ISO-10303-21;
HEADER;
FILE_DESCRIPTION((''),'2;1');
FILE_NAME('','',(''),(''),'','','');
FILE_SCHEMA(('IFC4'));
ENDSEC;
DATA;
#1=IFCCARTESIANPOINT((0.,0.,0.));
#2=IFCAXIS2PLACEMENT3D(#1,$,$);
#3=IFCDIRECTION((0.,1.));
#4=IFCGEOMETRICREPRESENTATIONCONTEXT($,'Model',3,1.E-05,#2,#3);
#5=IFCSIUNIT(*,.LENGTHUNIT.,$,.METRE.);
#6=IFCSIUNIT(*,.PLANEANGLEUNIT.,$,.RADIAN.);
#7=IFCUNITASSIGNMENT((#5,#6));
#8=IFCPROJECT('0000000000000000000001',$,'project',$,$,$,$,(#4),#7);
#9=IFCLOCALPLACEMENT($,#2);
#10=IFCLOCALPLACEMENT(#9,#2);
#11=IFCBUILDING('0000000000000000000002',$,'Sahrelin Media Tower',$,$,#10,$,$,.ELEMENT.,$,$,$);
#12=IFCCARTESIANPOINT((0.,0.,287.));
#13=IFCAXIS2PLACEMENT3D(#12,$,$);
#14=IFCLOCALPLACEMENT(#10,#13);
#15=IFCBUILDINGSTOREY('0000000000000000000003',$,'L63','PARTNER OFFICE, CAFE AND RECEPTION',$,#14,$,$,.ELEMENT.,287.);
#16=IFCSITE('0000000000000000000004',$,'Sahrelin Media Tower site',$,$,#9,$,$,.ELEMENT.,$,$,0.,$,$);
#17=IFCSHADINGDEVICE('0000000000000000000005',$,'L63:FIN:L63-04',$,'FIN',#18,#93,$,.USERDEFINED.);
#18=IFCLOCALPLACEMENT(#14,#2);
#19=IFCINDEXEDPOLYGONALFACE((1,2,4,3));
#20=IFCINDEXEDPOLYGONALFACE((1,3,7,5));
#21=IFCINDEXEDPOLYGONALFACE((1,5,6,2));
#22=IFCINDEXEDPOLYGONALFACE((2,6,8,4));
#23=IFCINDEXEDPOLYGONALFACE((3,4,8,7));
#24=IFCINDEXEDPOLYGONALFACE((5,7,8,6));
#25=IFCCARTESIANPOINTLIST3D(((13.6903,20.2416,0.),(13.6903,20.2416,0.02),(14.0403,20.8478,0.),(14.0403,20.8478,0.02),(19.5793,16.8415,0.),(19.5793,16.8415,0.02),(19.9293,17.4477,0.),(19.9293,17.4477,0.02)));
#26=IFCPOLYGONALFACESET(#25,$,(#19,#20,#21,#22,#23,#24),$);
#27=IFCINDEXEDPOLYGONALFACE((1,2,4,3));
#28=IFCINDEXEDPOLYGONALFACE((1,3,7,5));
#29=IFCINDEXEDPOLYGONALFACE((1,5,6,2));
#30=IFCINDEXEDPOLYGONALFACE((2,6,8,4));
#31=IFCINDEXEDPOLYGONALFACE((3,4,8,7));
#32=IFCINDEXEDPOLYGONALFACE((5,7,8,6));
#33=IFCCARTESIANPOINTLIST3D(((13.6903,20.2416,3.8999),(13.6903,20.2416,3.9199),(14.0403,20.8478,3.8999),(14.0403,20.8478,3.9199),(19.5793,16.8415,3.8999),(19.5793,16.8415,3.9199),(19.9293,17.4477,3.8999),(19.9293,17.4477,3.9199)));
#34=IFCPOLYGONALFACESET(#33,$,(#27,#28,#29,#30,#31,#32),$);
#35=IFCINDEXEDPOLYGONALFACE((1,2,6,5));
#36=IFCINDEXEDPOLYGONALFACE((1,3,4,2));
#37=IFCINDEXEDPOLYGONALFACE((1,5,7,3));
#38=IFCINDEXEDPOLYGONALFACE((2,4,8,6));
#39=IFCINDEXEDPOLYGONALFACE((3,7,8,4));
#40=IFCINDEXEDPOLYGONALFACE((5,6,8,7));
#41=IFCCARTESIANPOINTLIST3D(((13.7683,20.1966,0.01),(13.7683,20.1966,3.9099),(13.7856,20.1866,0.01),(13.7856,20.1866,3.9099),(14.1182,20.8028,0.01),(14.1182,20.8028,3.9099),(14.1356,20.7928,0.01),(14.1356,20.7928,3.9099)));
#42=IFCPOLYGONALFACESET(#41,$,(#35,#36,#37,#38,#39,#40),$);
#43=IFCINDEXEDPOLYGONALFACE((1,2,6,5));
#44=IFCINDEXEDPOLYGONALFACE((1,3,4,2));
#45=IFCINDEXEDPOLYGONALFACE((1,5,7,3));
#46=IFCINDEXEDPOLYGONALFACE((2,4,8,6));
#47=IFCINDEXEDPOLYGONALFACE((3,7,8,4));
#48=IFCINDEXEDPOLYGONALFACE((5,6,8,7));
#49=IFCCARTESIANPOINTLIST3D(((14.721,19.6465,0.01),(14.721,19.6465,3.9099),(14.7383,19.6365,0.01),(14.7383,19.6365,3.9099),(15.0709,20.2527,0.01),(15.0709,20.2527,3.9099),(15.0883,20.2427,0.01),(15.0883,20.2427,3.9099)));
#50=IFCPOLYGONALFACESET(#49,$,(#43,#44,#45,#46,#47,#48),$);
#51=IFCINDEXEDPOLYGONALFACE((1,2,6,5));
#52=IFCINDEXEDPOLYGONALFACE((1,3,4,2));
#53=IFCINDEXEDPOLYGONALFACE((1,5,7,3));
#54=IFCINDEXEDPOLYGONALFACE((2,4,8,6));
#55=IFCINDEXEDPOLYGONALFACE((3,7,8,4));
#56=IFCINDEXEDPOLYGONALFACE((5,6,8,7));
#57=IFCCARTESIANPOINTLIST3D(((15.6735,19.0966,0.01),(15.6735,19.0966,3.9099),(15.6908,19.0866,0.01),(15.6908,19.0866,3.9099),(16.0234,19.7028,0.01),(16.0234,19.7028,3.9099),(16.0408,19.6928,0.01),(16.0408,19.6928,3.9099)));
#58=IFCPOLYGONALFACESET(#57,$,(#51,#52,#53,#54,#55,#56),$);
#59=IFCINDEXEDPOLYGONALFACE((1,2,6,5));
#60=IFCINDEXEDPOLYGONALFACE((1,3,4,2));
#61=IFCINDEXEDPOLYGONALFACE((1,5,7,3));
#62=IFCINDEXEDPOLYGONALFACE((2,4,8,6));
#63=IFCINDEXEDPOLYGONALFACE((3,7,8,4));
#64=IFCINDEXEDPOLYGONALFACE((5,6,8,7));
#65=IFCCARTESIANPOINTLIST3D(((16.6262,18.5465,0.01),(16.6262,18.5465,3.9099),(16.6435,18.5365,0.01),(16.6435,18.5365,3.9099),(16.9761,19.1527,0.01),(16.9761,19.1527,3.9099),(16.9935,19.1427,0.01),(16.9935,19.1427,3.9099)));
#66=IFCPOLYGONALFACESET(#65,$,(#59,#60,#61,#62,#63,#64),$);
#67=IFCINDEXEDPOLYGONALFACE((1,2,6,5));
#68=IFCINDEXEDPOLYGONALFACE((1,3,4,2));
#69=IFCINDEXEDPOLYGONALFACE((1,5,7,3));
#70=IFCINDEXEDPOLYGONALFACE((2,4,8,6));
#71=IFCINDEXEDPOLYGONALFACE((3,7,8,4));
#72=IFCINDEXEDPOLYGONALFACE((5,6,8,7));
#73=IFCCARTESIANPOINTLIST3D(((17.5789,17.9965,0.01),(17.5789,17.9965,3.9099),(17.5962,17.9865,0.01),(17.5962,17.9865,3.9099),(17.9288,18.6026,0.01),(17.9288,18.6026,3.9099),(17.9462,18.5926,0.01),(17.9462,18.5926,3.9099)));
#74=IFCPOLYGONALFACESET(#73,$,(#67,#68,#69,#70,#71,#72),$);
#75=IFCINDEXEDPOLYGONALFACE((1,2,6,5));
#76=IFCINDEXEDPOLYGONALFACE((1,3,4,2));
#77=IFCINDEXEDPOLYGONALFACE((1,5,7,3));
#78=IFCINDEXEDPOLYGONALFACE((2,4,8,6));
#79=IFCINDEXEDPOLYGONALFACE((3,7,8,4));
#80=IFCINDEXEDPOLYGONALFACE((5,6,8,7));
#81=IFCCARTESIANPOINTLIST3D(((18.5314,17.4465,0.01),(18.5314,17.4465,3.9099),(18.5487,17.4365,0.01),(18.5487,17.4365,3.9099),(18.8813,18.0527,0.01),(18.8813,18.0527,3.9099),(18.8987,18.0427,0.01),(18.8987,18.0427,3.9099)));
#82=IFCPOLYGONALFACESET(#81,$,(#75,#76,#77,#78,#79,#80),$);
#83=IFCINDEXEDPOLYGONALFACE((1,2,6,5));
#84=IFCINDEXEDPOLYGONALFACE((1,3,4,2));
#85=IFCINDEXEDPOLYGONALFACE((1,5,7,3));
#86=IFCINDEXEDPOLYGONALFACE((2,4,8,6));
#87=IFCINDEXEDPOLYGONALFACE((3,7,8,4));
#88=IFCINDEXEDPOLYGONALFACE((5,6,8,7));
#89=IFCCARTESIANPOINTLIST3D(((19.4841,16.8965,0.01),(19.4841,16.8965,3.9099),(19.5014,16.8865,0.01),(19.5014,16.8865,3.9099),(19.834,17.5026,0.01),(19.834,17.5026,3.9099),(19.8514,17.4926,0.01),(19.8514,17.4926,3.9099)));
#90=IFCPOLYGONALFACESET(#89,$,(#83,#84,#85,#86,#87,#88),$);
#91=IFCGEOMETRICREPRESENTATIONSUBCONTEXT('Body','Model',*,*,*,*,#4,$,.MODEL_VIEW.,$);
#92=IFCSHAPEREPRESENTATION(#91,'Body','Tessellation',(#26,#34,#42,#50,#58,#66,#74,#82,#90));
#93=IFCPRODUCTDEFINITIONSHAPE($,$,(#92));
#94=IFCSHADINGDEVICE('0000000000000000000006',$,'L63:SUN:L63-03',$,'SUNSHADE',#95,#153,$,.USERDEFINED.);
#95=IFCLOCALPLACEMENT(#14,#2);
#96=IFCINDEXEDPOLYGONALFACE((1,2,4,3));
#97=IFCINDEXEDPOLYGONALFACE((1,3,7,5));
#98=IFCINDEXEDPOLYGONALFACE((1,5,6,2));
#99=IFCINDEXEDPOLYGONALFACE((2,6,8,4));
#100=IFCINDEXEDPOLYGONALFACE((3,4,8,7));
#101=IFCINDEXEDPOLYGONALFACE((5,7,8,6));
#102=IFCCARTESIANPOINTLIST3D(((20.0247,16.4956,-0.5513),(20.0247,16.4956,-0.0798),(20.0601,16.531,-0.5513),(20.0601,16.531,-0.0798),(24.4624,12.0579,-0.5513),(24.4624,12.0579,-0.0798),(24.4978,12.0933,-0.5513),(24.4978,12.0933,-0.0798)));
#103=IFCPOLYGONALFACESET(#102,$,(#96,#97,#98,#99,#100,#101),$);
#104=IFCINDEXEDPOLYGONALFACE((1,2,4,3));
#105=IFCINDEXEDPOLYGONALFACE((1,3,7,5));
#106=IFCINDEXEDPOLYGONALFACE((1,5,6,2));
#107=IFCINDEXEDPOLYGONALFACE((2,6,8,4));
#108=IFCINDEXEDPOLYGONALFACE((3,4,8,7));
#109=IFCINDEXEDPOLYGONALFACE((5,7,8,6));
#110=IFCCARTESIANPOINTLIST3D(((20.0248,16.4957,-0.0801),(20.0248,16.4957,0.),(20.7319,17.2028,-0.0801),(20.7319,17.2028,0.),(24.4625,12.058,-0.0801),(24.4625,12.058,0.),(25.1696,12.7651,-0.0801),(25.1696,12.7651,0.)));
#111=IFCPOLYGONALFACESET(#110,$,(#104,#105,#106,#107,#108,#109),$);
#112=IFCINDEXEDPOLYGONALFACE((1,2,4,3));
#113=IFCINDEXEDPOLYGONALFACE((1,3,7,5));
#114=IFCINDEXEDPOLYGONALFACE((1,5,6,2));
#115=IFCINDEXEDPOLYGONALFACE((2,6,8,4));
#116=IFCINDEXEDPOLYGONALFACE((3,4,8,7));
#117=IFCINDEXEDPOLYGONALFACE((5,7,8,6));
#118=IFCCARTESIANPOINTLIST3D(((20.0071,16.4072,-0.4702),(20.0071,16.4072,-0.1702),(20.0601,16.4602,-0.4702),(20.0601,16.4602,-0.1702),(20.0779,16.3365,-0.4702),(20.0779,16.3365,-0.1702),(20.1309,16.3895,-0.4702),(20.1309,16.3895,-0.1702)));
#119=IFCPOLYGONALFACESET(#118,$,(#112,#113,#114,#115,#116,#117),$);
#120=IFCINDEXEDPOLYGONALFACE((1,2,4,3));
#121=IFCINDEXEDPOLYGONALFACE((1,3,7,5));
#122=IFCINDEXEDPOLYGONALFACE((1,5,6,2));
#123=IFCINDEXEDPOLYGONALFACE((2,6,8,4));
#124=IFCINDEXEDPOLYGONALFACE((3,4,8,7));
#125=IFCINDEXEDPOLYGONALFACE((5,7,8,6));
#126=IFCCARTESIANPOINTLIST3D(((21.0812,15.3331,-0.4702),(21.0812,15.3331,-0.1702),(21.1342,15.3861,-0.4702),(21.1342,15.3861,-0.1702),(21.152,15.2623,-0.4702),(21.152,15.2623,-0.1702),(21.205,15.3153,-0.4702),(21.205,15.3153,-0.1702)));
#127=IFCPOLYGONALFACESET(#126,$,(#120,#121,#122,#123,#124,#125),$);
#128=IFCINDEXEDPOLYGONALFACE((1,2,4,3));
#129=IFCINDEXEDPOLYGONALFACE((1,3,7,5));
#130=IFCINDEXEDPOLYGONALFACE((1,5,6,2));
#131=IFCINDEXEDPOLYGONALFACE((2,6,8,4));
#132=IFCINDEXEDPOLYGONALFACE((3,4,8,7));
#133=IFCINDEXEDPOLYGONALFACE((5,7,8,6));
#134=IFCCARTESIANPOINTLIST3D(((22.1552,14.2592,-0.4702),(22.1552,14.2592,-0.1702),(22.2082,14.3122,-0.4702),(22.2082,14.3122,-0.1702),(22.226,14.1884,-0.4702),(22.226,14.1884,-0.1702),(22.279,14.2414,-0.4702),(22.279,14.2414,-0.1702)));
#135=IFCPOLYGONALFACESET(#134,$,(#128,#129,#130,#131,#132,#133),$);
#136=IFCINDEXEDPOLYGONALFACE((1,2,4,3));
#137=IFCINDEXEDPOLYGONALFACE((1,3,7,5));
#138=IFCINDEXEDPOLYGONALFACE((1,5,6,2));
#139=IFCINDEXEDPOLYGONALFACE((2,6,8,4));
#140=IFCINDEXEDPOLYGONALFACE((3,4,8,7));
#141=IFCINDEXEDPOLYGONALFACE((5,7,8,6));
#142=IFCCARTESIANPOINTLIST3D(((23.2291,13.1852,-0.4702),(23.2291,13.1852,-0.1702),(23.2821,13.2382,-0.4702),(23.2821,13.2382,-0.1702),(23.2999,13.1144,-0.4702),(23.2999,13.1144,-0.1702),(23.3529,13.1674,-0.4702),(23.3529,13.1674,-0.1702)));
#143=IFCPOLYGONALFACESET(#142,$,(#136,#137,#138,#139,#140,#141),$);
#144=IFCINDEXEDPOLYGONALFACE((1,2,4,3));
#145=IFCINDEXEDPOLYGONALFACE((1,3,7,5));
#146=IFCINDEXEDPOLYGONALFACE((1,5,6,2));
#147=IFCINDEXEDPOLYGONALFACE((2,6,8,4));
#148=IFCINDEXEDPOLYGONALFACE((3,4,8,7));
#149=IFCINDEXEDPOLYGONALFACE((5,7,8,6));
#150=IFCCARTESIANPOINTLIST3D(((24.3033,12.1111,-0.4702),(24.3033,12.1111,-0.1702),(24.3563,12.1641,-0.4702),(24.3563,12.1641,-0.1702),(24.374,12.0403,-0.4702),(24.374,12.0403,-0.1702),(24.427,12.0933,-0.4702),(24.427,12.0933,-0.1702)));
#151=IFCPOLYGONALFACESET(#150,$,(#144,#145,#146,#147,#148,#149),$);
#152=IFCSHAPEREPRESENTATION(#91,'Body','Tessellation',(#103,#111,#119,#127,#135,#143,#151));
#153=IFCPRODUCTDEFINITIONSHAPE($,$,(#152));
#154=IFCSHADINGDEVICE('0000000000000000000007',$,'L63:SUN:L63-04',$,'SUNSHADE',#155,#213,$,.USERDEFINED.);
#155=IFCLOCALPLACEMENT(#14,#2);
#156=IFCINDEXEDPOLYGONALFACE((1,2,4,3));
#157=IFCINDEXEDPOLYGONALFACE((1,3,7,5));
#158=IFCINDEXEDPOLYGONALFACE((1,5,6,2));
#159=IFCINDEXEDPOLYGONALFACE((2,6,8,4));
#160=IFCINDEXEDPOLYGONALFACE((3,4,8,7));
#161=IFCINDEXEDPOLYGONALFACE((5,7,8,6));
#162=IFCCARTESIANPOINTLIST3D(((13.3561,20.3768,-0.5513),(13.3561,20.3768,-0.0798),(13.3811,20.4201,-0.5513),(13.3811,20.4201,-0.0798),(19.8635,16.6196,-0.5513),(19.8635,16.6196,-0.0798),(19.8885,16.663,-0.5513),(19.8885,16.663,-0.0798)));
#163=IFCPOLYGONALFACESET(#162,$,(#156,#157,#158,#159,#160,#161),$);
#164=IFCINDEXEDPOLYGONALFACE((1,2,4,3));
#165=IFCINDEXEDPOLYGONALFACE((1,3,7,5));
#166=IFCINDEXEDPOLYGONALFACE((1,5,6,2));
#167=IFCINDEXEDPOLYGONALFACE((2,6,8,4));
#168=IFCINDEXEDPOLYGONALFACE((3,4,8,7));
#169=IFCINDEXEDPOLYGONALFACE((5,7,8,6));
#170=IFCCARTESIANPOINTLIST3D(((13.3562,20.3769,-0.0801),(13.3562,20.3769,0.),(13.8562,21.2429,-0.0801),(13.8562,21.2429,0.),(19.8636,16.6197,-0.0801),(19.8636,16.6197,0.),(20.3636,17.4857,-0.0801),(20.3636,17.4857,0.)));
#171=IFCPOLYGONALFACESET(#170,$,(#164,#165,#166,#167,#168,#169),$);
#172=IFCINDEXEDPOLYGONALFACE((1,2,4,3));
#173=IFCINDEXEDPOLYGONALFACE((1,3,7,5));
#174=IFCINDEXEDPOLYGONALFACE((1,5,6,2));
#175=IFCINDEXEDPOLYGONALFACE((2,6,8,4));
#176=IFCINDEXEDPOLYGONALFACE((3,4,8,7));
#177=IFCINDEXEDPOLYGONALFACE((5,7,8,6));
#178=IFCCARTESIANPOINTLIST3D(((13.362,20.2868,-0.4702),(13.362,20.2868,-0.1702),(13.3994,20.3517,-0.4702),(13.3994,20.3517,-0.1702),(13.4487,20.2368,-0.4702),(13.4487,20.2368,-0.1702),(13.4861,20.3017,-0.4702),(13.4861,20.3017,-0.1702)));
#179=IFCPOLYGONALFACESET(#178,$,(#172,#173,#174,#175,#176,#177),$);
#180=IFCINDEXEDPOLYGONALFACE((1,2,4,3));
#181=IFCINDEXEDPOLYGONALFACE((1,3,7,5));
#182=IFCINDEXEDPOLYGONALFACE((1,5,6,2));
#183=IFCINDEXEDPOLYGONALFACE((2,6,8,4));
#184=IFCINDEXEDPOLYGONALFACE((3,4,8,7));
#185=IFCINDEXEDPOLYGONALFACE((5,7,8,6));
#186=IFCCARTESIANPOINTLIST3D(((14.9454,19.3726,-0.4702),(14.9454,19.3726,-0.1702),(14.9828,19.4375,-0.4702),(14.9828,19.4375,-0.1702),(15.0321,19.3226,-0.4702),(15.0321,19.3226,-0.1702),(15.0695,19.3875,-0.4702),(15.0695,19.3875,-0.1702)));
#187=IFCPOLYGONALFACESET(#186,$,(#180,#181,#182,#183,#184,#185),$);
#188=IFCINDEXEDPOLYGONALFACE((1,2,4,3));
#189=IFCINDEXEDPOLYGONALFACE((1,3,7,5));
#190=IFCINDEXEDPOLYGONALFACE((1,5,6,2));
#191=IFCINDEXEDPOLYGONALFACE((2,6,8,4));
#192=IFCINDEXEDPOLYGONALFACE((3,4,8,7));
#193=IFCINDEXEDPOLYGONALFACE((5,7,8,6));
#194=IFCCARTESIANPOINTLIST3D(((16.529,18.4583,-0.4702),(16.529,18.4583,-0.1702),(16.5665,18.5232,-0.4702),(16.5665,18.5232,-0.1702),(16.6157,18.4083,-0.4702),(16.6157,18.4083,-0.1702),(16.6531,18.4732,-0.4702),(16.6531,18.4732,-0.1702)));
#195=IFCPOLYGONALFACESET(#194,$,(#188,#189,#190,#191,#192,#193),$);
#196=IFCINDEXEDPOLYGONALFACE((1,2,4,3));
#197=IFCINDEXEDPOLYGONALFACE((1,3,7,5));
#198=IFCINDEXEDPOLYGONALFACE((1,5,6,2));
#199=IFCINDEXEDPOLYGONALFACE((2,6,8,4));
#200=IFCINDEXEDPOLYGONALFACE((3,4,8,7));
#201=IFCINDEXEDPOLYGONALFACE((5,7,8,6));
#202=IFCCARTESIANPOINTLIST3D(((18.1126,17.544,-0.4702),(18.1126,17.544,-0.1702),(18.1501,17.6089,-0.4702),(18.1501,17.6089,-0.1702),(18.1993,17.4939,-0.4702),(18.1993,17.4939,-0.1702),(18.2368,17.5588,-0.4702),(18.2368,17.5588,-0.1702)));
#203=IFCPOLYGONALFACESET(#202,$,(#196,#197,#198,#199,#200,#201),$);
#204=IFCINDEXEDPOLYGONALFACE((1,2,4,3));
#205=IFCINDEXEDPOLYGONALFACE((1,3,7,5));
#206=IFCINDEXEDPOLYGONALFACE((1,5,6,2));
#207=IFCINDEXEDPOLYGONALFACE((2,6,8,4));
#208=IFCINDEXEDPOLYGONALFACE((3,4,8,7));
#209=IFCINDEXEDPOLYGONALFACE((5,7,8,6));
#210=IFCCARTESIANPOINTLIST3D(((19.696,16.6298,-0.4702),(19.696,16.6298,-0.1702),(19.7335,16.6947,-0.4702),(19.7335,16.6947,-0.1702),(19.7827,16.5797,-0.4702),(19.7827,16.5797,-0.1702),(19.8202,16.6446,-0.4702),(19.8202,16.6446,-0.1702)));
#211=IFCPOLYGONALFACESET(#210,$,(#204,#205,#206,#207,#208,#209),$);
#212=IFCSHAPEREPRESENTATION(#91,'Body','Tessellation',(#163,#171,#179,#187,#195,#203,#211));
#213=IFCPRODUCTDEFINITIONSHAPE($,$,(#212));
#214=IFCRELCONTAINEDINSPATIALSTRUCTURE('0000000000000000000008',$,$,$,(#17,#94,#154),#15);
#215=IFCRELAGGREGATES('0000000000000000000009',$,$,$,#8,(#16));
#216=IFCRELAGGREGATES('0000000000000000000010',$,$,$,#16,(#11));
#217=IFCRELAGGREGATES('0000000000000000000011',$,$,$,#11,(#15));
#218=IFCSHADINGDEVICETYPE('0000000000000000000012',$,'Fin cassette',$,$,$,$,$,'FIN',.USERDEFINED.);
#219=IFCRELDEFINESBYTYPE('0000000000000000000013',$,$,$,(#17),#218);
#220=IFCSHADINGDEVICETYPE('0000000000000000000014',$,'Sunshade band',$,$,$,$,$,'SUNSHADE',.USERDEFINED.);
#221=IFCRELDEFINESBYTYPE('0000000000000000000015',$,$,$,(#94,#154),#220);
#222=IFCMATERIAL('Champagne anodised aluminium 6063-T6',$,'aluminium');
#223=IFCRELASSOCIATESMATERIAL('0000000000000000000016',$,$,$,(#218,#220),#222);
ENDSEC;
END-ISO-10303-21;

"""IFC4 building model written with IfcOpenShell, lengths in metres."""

from ifc_helpers import new_model, si_unit, direction, frame, origin, origin_2d, place, context, subcontext, project, spatial, rectangle, extrude, material, type_object, element, save


model = new_model("IFC4")

# Units and contexts
model_context = context("Model", 3, precision=1e-05, world=origin(), true_north=direction((0.0, 1.0)))
body_context = subcontext(model_context, "Body", "Model", "MODEL_VIEW")
ifc_project = project(units=[si_unit("LENGTHUNIT", "METRE"), si_unit("PLANEANGLEUNIT", "RADIAN")], contexts=[model_context])

# Site, building, storey
site_placement = place(None, origin())
site = spatial("IfcSite", under=ifc_project, at=site_placement, Name="Sahrelin Media Tower site", CompositionType="ELEMENT", RefElevation=0.0)
building_placement = place(site_placement, origin())
building = spatial("IfcBuilding", under=site, at=building_placement, Name="Sahrelin Media Tower", CompositionType="ELEMENT")
storey_placement = place(building_placement, frame((0.0, 0.0, 287.0)))
storey = spatial("IfcBuildingStorey", under=building, at=storey_placement, Name="L63", Description="PARTNER OFFICE, CAFE AND RECEPTION", CompositionType="ELEMENT", Elevation=287.0)

# Shared definitions
ifc_material_1 = material(Name="Champagne anodised aluminium 6063-T6", Category="aluminium")

# Shading devices
shading_device_type_1 = type_object("IfcShadingDeviceType", Name="Fin cassette", ElementType="FIN", PredefinedType="USERDEFINED", material=ifc_material_1)
placement_1 = place(storey_placement, frame((22.2295, 14.2627, 0.0), z_axis=(0.0, 0.0, 1.0), x_axis=(0.707107, -0.707107, 0.0)))
placement_2 = place(storey_placement, frame((16.5999, 18.481, 0.0), z_axis=(0.0, 0.0, 1.0), x_axis=(0.866019, -0.500011, 0.0)))
element("IfcShadingDevice", 1, at=placement_2, inside=storey, type_object=shading_device_type_1, Name="L63:FIN:L63-04", ObjectType="FIN", PredefinedType="USERDEFINED", context=body_context, shape_type="SweptSolid", body=[
    extrude(rectangle(XDim=6.8, YDim=0.7, at=origin_2d()), frame((0.0, 0.4199, 0.0)), (0.0, 0.0, 1.0), 0.02),
    extrude(rectangle(XDim=6.8, YDim=0.7, at=origin_2d()), frame((0.0, 0.4199, 3.8999)), (0.0, 0.0, 1.0), 0.02),
    extrude(rectangle(XDim=0.02, YDim=0.7, at=origin_2d()), frame((-3.3, 0.4199, 0.01), z_axis=(0.0, 0.0, 1.0), x_axis=(1.0, 0.0, 0.0)), (0.0, 0.0, 1.0), 3.8999),
    extrude(rectangle(XDim=0.02, YDim=0.7, at=origin_2d()), frame((-2.2, 0.4199, 0.01), z_axis=(0.0, 0.0, 1.0), x_axis=(1.0, 0.0, 0.0)), (0.0, 0.0, 1.0), 3.8999),
    extrude(rectangle(XDim=0.02, YDim=0.7, at=origin_2d()), frame((-1.1001, 0.4199, 0.01), z_axis=(0.0, 0.0, 1.0), x_axis=(1.0, 0.0, 0.0)), (0.0, 0.0, 1.0), 3.8999),
    extrude(rectangle(XDim=0.02, YDim=0.7, at=origin_2d()), frame((0.0, 0.4199, 0.01), z_axis=(0.0, 0.0, 1.0), x_axis=(1.0, 0.0, 0.0)), (0.0, 0.0, 1.0), 3.8999),
    extrude(rectangle(XDim=0.02, YDim=0.7, at=origin_2d()), frame((1.1001, 0.4199, 0.01), z_axis=(0.0, 0.0, 1.0), x_axis=(1.0, 0.0, 0.0)), (0.0, 0.0, 1.0), 3.8999),
    extrude(rectangle(XDim=0.02, YDim=0.7, at=origin_2d()), frame((2.2, 0.4199, 0.01), z_axis=(0.0, 0.0, 1.0), x_axis=(1.0, 0.0, 0.0)), (0.0, 0.0, 1.0), 3.8999),
    extrude(rectangle(XDim=0.02, YDim=0.7, at=origin_2d()), frame((3.3, 0.4199, 0.01), z_axis=(0.0, 0.0, 1.0), x_axis=(1.0, 0.0, 0.0)), (0.0, 0.0, 1.0), 3.8999),
])
shading_device_type_2 = type_object("IfcShadingDeviceType", Name="Sunshade band", ElementType="SUNSHADE", PredefinedType="USERDEFINED", material=ifc_material_1)
element("IfcShadingDevice", 2, at=placement_1, inside=storey, type_object=shading_device_type_2, Name="L63:SUN:L63-03", ObjectType="SUNSHADE", PredefinedType="USERDEFINED", context=body_context, shape_type="SweptSolid", body=[
    extrude(rectangle(XDim=6.2759, YDim=0.05, at=origin_2d()), frame((0.0, 0.0449, -0.5513)), (0.0, 0.0, 1.0), 0.4714),
    extrude(rectangle(XDim=6.2759, YDim=1.0, at=origin_2d()), frame((0.0, 0.52, -0.0801)), (0.0, 0.0, 1.0), 0.0801),
    extrude(rectangle(XDim=0.1001, YDim=0.075, at=origin_2d()), frame((-3.0378, -0.0176, -0.4702)), (0.0, 0.0, 1.0), 0.3),
    extrude(rectangle(XDim=0.1001, YDim=0.075, at=origin_2d()), frame((-1.5188, -0.0176, -0.4702)), (0.0, 0.0, 1.0), 0.3),
    extrude(rectangle(XDim=0.1001, YDim=0.075, at=origin_2d()), frame((0.0, -0.0176, -0.4702)), (0.0, 0.0, 1.0), 0.3),
    extrude(rectangle(XDim=0.1001, YDim=0.075, at=origin_2d()), frame((1.5188, -0.0176, -0.4702)), (0.0, 0.0, 1.0), 0.3),
    extrude(rectangle(XDim=0.1001, YDim=0.075, at=origin_2d()), frame((3.0378, -0.0176, -0.4702)), (0.0, 0.0, 1.0), 0.3),
])
element("IfcShadingDevice", 3, at=placement_2, inside=storey, type_object=shading_device_type_2, Name="L63:SUN:L63-04", ObjectType="SUNSHADE", PredefinedType="USERDEFINED", context=body_context, shape_type="SweptSolid", body=[
    extrude(rectangle(XDim=7.5142, YDim=0.05, at=origin_2d()), frame((0.0, 0.0449, -0.5513)), (0.0, 0.0, 1.0), 0.4714),
    extrude(rectangle(XDim=7.5142, YDim=1.0, at=origin_2d()), frame((0.0, 0.52, -0.0801)), (0.0, 0.0, 1.0), 0.0801),
    extrude(rectangle(XDim=0.1001, YDim=0.075, at=origin_2d()), frame((-3.657, -0.0176, -0.4702)), (0.0, 0.0, 1.0), 0.3),
    extrude(rectangle(XDim=0.1001, YDim=0.075, at=origin_2d()), frame((-1.8286, -0.0176, -0.4702)), (0.0, 0.0, 1.0), 0.3),
    extrude(rectangle(XDim=0.1001, YDim=0.075, at=origin_2d()), frame((0.0, -0.0176, -0.4702)), (0.0, 0.0, 1.0), 0.3),
    extrude(rectangle(XDim=0.1001, YDim=0.075, at=origin_2d()), frame((1.8286, -0.0176, -0.4702)), (0.0, 0.0, 1.0), 0.3),
    extrude(rectangle(XDim=0.1001, YDim=0.075, at=origin_2d()), frame((3.657, -0.0176, -0.4702)), (0.0, 0.0, 1.0), 0.3),
])

save(model, "model.ifc")
